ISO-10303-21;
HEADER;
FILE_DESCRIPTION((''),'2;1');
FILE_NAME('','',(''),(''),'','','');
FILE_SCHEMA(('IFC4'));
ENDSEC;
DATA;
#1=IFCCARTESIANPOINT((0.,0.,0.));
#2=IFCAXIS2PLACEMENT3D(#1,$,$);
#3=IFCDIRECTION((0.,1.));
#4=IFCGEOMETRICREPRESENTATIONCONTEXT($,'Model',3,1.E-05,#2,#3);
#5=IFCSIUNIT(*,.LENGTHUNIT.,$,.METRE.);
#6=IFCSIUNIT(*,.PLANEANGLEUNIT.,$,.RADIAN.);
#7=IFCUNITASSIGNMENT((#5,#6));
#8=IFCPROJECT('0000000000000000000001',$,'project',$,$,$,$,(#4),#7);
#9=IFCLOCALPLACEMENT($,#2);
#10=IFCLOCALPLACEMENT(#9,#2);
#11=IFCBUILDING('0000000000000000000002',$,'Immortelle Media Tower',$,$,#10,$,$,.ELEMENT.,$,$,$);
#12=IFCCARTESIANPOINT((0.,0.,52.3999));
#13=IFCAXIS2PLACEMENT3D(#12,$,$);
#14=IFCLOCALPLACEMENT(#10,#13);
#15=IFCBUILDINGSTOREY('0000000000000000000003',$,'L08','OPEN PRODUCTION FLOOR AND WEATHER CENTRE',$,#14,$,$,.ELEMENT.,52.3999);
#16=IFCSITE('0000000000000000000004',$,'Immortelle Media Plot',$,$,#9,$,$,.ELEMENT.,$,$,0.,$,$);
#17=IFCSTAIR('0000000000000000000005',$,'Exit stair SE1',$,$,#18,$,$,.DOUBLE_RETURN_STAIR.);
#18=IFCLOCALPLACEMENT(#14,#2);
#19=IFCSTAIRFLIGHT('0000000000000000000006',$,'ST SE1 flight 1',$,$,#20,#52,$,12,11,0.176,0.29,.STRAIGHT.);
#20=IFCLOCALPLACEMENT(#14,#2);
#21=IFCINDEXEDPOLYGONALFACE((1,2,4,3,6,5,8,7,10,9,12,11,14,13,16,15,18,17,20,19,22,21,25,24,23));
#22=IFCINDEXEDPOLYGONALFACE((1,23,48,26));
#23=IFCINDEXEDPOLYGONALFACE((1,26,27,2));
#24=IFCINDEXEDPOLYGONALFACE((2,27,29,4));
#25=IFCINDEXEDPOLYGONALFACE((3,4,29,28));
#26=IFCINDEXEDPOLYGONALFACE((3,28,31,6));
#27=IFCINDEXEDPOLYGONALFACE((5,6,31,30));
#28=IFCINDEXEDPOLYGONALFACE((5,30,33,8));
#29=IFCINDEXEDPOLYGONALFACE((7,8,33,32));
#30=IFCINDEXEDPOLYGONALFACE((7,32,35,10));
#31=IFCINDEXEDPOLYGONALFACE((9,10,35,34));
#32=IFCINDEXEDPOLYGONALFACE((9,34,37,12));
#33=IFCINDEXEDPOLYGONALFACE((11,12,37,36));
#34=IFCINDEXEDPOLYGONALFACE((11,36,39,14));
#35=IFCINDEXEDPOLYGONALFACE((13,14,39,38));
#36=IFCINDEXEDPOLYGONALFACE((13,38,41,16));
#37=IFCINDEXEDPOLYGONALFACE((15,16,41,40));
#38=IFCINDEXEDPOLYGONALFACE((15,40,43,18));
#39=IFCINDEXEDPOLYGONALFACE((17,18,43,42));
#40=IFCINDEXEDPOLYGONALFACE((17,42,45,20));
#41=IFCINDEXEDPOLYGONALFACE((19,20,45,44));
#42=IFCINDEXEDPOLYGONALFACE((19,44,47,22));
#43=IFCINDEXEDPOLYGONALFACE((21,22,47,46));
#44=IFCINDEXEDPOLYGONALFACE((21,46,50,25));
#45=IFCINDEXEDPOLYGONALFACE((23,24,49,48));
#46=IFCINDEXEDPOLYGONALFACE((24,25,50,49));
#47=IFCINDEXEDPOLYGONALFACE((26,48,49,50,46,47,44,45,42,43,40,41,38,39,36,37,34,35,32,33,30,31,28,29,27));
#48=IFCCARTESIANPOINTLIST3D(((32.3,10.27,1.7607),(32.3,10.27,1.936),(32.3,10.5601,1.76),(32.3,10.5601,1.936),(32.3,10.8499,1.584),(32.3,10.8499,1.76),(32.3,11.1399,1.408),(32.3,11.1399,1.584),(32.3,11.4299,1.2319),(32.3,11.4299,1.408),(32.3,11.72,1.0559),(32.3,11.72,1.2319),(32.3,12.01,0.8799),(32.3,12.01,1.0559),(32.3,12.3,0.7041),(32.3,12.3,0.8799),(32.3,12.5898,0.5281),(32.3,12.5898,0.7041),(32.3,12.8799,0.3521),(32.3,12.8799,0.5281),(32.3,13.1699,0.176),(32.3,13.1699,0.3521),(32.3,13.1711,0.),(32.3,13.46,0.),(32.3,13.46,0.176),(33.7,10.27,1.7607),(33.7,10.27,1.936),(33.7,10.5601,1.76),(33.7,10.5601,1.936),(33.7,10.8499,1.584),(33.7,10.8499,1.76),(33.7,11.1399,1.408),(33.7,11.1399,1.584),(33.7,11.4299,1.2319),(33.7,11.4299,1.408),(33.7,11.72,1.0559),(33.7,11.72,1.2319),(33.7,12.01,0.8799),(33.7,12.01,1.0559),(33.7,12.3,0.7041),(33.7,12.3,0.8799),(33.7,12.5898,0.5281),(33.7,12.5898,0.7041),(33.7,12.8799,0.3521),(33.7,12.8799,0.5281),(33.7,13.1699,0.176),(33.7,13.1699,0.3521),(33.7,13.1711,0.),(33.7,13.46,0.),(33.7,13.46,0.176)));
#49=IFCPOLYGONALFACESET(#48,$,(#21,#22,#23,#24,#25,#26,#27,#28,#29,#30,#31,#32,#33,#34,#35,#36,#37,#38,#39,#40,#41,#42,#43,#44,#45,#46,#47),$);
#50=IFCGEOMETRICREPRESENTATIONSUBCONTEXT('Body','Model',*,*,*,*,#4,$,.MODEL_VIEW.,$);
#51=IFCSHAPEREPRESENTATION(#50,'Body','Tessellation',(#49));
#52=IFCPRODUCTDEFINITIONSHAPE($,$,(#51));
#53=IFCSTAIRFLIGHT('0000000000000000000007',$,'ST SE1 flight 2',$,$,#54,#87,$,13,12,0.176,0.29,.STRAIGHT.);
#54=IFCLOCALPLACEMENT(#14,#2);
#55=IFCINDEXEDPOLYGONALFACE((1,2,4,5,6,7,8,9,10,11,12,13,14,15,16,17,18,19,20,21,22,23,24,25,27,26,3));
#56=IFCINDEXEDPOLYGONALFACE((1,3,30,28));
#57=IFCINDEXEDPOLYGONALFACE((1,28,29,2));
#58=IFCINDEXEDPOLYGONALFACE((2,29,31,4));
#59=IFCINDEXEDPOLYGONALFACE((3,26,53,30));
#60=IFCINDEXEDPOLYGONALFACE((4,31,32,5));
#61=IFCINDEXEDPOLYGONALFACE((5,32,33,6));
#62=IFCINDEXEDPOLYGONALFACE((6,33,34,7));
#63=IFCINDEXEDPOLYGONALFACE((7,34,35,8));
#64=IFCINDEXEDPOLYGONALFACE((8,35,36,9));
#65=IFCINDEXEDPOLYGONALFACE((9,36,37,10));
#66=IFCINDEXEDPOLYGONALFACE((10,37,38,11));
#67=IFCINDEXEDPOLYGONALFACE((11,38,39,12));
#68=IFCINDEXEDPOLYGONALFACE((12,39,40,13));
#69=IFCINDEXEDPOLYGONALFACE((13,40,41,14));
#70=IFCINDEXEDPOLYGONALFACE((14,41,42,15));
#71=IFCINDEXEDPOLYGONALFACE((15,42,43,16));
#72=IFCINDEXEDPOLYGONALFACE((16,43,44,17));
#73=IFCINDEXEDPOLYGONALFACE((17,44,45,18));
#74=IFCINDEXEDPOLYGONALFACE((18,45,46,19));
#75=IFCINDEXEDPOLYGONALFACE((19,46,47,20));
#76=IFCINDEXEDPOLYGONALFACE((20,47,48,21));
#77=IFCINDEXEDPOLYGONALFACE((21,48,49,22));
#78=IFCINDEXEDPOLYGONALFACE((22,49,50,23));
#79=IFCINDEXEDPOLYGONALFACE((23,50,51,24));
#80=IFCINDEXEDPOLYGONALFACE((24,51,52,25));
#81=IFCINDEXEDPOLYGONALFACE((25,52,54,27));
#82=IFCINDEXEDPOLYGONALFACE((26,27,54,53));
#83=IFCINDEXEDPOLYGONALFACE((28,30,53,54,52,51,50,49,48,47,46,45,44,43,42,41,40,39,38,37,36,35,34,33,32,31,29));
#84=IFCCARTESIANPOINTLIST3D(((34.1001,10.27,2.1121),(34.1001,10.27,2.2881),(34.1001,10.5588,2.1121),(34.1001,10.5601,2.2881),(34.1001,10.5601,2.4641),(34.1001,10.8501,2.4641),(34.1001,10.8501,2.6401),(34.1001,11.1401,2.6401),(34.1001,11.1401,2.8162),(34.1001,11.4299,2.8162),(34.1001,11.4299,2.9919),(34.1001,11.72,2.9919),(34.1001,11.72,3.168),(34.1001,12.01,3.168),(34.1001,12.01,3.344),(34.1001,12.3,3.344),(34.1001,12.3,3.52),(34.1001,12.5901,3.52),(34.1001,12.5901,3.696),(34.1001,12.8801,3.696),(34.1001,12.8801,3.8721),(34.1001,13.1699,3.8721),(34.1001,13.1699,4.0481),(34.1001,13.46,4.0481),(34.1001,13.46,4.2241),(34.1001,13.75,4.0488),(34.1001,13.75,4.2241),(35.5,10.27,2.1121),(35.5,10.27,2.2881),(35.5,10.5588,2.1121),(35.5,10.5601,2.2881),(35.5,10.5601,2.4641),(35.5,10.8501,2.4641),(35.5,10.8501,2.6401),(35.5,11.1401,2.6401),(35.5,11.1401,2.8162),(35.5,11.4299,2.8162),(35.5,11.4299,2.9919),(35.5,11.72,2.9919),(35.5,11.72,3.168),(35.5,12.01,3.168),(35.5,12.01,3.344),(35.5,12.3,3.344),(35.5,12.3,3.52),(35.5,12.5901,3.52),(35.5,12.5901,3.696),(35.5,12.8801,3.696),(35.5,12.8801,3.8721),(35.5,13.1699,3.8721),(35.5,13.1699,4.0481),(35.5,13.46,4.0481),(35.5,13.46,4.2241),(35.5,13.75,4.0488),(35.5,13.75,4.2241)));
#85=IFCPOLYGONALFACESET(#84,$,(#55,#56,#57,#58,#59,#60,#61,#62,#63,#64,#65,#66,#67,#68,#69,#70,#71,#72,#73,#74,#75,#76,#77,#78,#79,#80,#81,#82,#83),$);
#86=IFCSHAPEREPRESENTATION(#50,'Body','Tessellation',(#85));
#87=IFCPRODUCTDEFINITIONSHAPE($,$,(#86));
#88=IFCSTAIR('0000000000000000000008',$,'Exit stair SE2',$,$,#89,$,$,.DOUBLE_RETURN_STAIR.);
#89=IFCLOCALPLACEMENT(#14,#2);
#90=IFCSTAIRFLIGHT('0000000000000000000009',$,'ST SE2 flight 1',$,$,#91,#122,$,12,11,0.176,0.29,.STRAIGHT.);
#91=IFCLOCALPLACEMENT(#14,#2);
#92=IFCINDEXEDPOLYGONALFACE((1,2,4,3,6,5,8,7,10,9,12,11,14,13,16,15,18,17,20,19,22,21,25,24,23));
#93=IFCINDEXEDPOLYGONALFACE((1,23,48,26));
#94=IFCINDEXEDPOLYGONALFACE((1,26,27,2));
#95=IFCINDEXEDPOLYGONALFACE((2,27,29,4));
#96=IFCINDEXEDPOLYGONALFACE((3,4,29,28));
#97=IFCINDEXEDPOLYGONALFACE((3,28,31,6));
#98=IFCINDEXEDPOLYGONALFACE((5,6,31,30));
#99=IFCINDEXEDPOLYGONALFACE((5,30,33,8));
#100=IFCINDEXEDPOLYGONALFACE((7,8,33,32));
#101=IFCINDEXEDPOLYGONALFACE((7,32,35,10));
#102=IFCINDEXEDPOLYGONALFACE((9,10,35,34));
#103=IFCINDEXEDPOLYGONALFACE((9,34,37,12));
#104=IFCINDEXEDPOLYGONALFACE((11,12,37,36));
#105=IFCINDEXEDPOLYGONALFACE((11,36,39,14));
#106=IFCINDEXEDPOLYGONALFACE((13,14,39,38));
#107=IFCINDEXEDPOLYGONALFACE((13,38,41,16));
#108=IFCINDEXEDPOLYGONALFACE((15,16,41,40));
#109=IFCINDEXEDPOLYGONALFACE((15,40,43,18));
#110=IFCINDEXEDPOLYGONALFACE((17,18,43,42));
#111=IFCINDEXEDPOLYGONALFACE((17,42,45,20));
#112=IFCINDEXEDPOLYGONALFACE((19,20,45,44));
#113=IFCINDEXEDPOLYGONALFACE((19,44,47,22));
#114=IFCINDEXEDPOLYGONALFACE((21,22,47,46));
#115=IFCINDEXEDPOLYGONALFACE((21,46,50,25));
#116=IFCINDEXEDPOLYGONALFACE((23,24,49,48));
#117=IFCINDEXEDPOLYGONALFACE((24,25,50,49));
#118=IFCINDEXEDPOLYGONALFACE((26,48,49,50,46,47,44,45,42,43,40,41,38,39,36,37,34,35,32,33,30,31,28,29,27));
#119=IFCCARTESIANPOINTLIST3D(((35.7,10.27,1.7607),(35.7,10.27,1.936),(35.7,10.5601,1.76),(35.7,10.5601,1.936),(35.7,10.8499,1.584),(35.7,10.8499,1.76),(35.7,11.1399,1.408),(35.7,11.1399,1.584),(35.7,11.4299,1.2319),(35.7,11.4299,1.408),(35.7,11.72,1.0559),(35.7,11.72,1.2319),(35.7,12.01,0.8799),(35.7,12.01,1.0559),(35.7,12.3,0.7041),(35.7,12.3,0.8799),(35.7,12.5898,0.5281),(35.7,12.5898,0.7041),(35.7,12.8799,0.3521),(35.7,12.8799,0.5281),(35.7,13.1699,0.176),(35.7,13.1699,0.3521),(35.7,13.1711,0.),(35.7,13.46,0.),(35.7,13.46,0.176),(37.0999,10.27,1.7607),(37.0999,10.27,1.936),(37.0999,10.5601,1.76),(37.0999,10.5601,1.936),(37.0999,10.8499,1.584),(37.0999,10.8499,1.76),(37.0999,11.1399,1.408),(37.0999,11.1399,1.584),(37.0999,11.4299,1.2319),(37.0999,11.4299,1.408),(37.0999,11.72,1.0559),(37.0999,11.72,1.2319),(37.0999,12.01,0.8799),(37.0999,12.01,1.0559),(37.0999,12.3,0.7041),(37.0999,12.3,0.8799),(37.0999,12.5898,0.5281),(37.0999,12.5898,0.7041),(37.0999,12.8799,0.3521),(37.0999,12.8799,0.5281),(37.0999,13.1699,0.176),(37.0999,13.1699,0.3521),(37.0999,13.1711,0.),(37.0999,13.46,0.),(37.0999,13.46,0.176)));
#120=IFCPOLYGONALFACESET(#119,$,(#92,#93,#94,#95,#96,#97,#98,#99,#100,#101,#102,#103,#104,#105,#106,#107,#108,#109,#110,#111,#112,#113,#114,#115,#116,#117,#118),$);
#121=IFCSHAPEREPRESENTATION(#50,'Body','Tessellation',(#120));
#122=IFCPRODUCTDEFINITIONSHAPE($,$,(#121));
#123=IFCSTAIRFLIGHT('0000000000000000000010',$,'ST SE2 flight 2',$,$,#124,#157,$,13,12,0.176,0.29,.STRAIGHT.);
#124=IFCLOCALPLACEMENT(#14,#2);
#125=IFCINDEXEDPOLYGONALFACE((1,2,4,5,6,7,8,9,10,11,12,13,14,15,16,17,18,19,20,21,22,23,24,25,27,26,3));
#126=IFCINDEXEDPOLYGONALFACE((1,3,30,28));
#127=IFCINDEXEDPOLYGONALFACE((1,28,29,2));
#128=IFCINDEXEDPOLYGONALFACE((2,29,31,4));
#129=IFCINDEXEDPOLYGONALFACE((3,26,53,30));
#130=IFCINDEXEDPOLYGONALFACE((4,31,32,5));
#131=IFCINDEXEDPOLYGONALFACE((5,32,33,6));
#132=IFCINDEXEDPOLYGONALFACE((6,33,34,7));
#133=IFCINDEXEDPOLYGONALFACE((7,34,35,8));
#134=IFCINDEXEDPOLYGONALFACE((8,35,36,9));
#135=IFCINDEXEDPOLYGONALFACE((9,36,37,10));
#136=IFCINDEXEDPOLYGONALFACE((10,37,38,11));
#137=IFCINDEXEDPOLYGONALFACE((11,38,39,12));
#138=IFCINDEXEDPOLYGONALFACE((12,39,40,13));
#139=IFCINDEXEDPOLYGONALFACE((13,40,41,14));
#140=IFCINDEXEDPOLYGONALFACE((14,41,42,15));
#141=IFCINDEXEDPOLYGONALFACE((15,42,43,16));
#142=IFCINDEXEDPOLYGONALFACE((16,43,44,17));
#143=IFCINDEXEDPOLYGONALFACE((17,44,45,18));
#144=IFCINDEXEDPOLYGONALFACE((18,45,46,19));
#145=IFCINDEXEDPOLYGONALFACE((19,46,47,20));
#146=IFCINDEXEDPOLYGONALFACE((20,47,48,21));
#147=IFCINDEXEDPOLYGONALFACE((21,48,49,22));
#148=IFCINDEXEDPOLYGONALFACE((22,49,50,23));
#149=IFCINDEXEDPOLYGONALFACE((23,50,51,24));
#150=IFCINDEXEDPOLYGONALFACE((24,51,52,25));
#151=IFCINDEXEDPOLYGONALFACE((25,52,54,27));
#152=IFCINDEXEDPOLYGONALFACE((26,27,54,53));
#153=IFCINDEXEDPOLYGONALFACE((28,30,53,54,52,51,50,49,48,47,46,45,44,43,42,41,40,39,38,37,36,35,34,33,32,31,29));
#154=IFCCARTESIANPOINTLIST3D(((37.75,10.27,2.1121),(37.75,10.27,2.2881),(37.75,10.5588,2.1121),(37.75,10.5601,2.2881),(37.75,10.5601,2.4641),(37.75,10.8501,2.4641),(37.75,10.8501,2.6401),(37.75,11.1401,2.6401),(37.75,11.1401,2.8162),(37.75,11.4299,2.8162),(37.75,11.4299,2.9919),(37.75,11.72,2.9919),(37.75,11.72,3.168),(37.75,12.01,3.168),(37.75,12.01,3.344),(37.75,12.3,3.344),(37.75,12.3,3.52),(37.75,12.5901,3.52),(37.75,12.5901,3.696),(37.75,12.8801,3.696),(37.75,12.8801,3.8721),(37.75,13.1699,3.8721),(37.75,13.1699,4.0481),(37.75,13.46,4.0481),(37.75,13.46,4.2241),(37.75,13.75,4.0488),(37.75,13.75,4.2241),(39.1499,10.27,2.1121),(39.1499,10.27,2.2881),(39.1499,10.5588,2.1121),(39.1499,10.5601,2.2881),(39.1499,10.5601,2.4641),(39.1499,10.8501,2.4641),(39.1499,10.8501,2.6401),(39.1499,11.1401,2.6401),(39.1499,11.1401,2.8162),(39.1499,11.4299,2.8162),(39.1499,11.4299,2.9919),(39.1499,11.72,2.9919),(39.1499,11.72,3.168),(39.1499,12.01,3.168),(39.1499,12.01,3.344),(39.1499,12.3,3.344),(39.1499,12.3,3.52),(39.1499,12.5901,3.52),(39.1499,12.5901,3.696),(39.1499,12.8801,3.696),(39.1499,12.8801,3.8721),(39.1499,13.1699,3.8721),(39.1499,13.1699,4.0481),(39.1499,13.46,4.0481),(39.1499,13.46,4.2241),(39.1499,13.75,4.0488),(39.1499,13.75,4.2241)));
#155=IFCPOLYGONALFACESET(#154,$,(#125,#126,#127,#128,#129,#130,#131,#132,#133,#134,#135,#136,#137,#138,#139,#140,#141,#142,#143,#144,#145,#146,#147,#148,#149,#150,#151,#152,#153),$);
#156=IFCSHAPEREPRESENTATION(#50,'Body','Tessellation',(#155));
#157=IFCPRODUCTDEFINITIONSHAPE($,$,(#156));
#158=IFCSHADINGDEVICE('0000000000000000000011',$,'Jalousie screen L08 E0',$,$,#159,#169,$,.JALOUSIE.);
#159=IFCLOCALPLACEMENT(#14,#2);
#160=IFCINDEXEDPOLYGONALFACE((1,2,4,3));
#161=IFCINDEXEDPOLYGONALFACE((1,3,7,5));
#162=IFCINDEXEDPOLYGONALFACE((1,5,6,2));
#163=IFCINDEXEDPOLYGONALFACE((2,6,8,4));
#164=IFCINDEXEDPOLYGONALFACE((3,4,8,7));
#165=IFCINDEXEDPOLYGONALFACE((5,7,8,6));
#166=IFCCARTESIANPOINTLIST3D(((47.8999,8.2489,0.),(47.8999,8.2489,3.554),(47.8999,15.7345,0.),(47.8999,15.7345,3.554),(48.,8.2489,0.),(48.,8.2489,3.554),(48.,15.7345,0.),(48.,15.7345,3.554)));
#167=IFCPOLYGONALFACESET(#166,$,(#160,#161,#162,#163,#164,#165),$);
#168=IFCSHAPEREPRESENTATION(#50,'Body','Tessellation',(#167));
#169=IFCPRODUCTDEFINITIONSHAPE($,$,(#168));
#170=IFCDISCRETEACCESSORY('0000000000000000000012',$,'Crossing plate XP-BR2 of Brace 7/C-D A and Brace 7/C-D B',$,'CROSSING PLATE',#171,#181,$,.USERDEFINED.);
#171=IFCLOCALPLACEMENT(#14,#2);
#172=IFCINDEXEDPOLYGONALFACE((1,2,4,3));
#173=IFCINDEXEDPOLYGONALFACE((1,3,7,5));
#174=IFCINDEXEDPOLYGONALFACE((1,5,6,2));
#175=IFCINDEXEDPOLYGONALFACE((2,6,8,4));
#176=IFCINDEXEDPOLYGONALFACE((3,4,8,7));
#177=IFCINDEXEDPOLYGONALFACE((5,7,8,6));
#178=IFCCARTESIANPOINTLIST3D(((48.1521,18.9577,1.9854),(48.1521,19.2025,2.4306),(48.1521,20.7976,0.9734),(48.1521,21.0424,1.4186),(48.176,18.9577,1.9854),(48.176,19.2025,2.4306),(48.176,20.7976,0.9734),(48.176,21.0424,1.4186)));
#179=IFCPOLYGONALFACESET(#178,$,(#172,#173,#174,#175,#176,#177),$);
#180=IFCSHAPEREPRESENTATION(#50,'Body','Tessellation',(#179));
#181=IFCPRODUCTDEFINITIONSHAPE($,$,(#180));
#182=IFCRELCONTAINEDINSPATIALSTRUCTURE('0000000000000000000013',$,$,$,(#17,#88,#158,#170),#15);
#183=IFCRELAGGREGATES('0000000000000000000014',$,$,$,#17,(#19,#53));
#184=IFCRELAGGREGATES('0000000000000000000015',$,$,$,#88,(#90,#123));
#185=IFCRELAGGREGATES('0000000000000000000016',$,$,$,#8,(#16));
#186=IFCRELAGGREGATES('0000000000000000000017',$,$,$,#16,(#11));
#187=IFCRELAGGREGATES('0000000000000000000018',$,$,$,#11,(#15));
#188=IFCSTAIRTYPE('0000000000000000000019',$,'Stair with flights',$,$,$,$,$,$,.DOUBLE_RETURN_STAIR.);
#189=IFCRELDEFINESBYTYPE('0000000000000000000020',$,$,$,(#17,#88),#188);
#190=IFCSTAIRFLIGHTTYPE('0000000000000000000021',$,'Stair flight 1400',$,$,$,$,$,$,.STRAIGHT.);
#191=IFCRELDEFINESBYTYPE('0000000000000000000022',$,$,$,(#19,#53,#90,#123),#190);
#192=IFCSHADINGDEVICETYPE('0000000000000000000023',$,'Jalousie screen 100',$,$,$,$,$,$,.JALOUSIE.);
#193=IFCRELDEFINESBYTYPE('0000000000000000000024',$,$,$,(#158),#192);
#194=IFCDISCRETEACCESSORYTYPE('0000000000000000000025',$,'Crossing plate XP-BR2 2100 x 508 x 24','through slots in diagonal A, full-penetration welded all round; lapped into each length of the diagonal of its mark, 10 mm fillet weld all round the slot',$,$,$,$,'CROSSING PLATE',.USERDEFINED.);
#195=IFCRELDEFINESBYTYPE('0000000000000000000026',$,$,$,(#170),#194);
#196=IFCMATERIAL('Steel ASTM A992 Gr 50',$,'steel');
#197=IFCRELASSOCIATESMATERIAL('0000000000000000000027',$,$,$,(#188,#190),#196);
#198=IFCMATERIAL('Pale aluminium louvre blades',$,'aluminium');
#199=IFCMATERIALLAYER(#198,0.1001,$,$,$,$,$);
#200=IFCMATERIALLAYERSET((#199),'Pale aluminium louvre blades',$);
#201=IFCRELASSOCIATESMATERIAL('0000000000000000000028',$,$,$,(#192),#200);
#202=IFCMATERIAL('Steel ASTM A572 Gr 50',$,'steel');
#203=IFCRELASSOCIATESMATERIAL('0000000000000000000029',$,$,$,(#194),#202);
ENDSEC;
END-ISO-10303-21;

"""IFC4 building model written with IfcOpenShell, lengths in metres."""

from ifc_helpers import new_model, si_unit, direction, frame, origin, origin_2d, place, context, subcontext, project, spatial, polyline, rectangle, outline, extrude, material, layer, layer_set, material_profile, profile_set, type_object, element, aggregate, save


model = new_model("IFC4")

# Units and contexts
model_context = context("Model", 3, precision=1e-05, world=origin(), true_north=direction((0.0, 1.0)))
body_context = subcontext(model_context, "Body", "Model", "MODEL_VIEW")
ifc_project = project(units=[si_unit("LENGTHUNIT", "METRE"), si_unit("PLANEANGLEUNIT", "RADIAN")], contexts=[model_context])

# Site, building, storey
site_placement = place(None, origin())
site = spatial("IfcSite", under=ifc_project, at=site_placement, Name="Immortelle Media Plot", CompositionType="ELEMENT", RefElevation=0.0)
building_placement = place(site_placement, origin())
building = spatial("IfcBuilding", under=site, at=building_placement, Name="Immortelle Media Tower", CompositionType="ELEMENT")
storey_placement = place(building_placement, frame((0.0, 0.0, 52.3999)))
storey = spatial("IfcBuildingStorey", under=building, at=storey_placement, Name="L08", Description="OPEN PRODUCTION FLOOR AND WEATHER CENTRE", CompositionType="ELEMENT", Elevation=52.3999)

# Shared definitions
ifc_material_1 = material(Name="Steel ASTM A992 Gr 50", Category="steel")

# Stairs, stair flights
stair_type = type_object("IfcStairType", Name="Stair with flights", PredefinedType="DOUBLE_RETURN_STAIR", material=ifc_material_1)
stair_1_placement = place(storey_placement, origin())
stair_1 = element("IfcStair", 1, at=stair_1_placement, inside=storey, type_object=stair_type, Name="Exit stair SE1", PredefinedType="DOUBLE_RETURN_STAIR")
stair_flight_type = type_object("IfcStairFlightType", Name="Stair flight 1400", PredefinedType="STRAIGHT", material=ifc_material_1)
stair_flight_1_placement = place(storey_placement, frame((33.0, 13.46, 0.0), z_axis=(0.0, 0.0, 1.0), x_axis=(0.0, -1.0, 0.0)))
stair_flight_1 = element("IfcStairFlight", 2, at=stair_flight_1_placement, type_object=stair_flight_type, Name="ST SE1 flight 1", NumberOfRisers=12, NumberOfTreads=11, PredefinedType="STRAIGHT", RiserHeight=0.176, TreadLength=0.29, context=body_context, shape_type="SweptSolid", body=[
    extrude(outline(polyline([(0.0, 0.0), (0.0, 0.176), (0.29, 0.176), (0.29, 0.3521), (0.5801, 0.3521), (0.5801, 0.5281), (0.8701, 0.5281), (0.8701, 0.7041), (1.1599, 0.7041), (1.1599, 0.8799), (1.45, 0.8799), (1.45, 1.0559), (1.74, 1.0559), (1.74, 1.2319), (2.03, 1.2319), (2.03, 1.408), (2.3201, 1.408), (2.3201, 1.584), (2.6101, 1.584), (2.6101, 1.76), (2.8999, 1.76), (2.8999, 1.936), (3.1899, 1.936), (3.1899, 2.1121), (3.1899, 1.7607), (0.2888, 0.0), (0.0, 0.0)])), frame((0.0, 0.7, 0.0), z_axis=(0.0, -1.0, 0.0), x_axis=(1.0, 0.0, 0.0)), (0.0, 0.0, 1.0), 1.3999),
])
stair_flight_2_placement = place(storey_placement, frame((34.8, 10.27, 2.1121), z_axis=(0.0, 0.0, 1.0), x_axis=(0.0, 1.0, 0.0)))
stair_flight_2 = element("IfcStairFlight", 3, at=stair_flight_2_placement, type_object=stair_flight_type, Name="ST SE1 flight 2", NumberOfRisers=13, NumberOfTreads=12, PredefinedType="STRAIGHT", RiserHeight=0.176, TreadLength=0.29, context=body_context, shape_type="SweptSolid", body=[
    extrude(outline(polyline([(0.0, 0.0), (0.0, 0.176), (0.29, 0.176), (0.29, 0.3521), (0.5801, 0.3521), (0.5801, 0.5281), (0.8701, 0.5281), (0.8701, 0.7041), (1.1599, 0.7041), (1.1599, 0.8799), (1.45, 0.8799), (1.45, 1.0559), (1.74, 1.0559), (1.74, 1.2319), (2.03, 1.2319), (2.03, 1.408), (2.3201, 1.408), (2.3201, 1.584), (2.6101, 1.584), (2.6101, 1.76), (2.8999, 1.76), (2.8999, 1.936), (3.1899, 1.936), (3.1899, 2.1121), (3.48, 2.1121), (3.48, 2.2881), (3.48, 1.9368), (0.2888, 0.0), (0.0, 0.0)])), frame((0.0, 0.7, 0.0), z_axis=(0.0, -1.0, 0.0), x_axis=(1.0, 0.0, 0.0)), (0.0, 0.0, 1.0), 1.3999),
])
aggregate(stair_1, [stair_flight_1, stair_flight_2])
stair_2_placement = place(storey_placement, origin())
stair_2 = element("IfcStair", 4, at=stair_2_placement, inside=storey, type_object=stair_type, Name="Exit stair SE2", PredefinedType="DOUBLE_RETURN_STAIR")
stair_flight_3_placement = place(storey_placement, frame((36.3999, 13.46, 0.0), z_axis=(0.0, 0.0, 1.0), x_axis=(0.0, -1.0, 0.0)))
stair_flight_3 = element("IfcStairFlight", 5, at=stair_flight_3_placement, type_object=stair_flight_type, Name="ST SE2 flight 1", NumberOfRisers=12, NumberOfTreads=11, PredefinedType="STRAIGHT", RiserHeight=0.176, TreadLength=0.29, context=body_context, shape_type="SweptSolid", body=[
    extrude(outline(polyline([(0.0, 0.0), (0.0, 0.176), (0.29, 0.176), (0.29, 0.3521), (0.5801, 0.3521), (0.5801, 0.5281), (0.8701, 0.5281), (0.8701, 0.7041), (1.1599, 0.7041), (1.1599, 0.8799), (1.45, 0.8799), (1.45, 1.0559), (1.74, 1.0559), (1.74, 1.2319), (2.03, 1.2319), (2.03, 1.408), (2.3201, 1.408), (2.3201, 1.584), (2.6101, 1.584), (2.6101, 1.76), (2.8999, 1.76), (2.8999, 1.936), (3.1899, 1.936), (3.1899, 2.1121), (3.1899, 1.7607), (0.2888, 0.0), (0.0, 0.0)])), frame((0.0, 0.7, 0.0), z_axis=(0.0, -1.0, 0.0), x_axis=(1.0, 0.0, 0.0)), (0.0, 0.0, 1.0), 1.3999),
])
stair_flight_4_placement = place(storey_placement, frame((38.45, 10.27, 2.1121), z_axis=(0.0, 0.0, 1.0), x_axis=(0.0, 1.0, 0.0)))
stair_flight_4 = element("IfcStairFlight", 6, at=stair_flight_4_placement, type_object=stair_flight_type, Name="ST SE2 flight 2", NumberOfRisers=13, NumberOfTreads=12, PredefinedType="STRAIGHT", RiserHeight=0.176, TreadLength=0.29, context=body_context, shape_type="SweptSolid", body=[
    extrude(outline(polyline([(0.0, 0.0), (0.0, 0.176), (0.29, 0.176), (0.29, 0.3521), (0.5801, 0.3521), (0.5801, 0.5281), (0.8701, 0.5281), (0.8701, 0.7041), (1.1599, 0.7041), (1.1599, 0.8799), (1.45, 0.8799), (1.45, 1.0559), (1.74, 1.0559), (1.74, 1.2319), (2.03, 1.2319), (2.03, 1.408), (2.3201, 1.408), (2.3201, 1.584), (2.6101, 1.584), (2.6101, 1.76), (2.8999, 1.76), (2.8999, 1.936), (3.1899, 1.936), (3.1899, 2.1121), (3.48, 2.1121), (3.48, 2.2881), (3.48, 1.9368), (0.2888, 0.0), (0.0, 0.0)])), frame((0.0, 0.7, 0.0), z_axis=(0.0, -1.0, 0.0), x_axis=(1.0, 0.0, 0.0)), (0.0, 0.0, 1.0), 1.3999),
])
aggregate(stair_2, [stair_flight_3, stair_flight_4])

# Shading device
ifc_material_2 = material(Name="Pale aluminium louvre blades", Category="aluminium")
ifc_layer_1 = layer(ifc_material_2, 0.1001)
ifc_layer_set_1 = layer_set([ifc_layer_1], Name="Pale aluminium louvre blades")
shading_device_type = type_object("IfcShadingDeviceType", Name="Jalousie screen 100", PredefinedType="JALOUSIE", material=ifc_layer_set_1)
shading_device_placement = place(storey_placement, frame((47.95, 11.9917, 0.0), z_axis=(0.0, 0.0, 1.0), x_axis=(0.0, 1.0, 0.0)))
element("IfcShadingDevice", 7, at=shading_device_placement, inside=storey, type_object=shading_device_type, Name="Jalousie screen L08 E0", PredefinedType="JALOUSIE", context=body_context, shape_type="SweptSolid", body=[
    extrude(rectangle(XDim=7.4856, YDim=0.1001, at=origin_2d()), origin(), (0.0, 0.0, 1.0), 3.554),
])

# Discrete accessory
ifc_material_3 = material(Name="Steel ASTM A572 Gr 50", Category="steel")
ifc_material_profile_1 = material_profile(ifc_material_3, rectangle(XDim=0.0239, YDim=0.5081, at=origin_2d()), Name="PL 24 x 508")
ifc_profile_set_1 = profile_set([ifc_material_profile_1], Name="Steel ASTM A572 Gr 50")
discrete_accessory_type_1 = type_object("IfcDiscreteAccessoryType", Name="Crossing plate XP-BR2 2100 x 508 x 24", Description="through slots in diagonal A, full-penetration welded all round; lapped into each length of the diagonal of its mark, 10 mm fillet weld all round the slot", ElementType="CROSSING PLATE", PredefinedType="USERDEFINED", material=ifc_profile_set_1)
discrete_accessory_placement = place(storey_placement, frame((48.1641, 19.0801, 2.208), z_axis=(0.0, 0.876206, -0.481937), x_axis=(-1.0, 0.0, 0.0)))
element("IfcDiscreteAccessory", 8, at=discrete_accessory_placement, inside=storey, type_object=discrete_accessory_type_1, Name="Crossing plate XP-BR2 of Brace 7/C-D A and Brace 7/C-D B", ObjectType="CROSSING PLATE", PredefinedType="USERDEFINED", context=body_context, shape_type="SweptSolid", body=[
    extrude(rectangle(XDim=0.0239, YDim=0.5081, at=origin_2d()), origin(), (0.0, 0.0, 1.0), 2.0999),
])

save(model, "model.ifc")
